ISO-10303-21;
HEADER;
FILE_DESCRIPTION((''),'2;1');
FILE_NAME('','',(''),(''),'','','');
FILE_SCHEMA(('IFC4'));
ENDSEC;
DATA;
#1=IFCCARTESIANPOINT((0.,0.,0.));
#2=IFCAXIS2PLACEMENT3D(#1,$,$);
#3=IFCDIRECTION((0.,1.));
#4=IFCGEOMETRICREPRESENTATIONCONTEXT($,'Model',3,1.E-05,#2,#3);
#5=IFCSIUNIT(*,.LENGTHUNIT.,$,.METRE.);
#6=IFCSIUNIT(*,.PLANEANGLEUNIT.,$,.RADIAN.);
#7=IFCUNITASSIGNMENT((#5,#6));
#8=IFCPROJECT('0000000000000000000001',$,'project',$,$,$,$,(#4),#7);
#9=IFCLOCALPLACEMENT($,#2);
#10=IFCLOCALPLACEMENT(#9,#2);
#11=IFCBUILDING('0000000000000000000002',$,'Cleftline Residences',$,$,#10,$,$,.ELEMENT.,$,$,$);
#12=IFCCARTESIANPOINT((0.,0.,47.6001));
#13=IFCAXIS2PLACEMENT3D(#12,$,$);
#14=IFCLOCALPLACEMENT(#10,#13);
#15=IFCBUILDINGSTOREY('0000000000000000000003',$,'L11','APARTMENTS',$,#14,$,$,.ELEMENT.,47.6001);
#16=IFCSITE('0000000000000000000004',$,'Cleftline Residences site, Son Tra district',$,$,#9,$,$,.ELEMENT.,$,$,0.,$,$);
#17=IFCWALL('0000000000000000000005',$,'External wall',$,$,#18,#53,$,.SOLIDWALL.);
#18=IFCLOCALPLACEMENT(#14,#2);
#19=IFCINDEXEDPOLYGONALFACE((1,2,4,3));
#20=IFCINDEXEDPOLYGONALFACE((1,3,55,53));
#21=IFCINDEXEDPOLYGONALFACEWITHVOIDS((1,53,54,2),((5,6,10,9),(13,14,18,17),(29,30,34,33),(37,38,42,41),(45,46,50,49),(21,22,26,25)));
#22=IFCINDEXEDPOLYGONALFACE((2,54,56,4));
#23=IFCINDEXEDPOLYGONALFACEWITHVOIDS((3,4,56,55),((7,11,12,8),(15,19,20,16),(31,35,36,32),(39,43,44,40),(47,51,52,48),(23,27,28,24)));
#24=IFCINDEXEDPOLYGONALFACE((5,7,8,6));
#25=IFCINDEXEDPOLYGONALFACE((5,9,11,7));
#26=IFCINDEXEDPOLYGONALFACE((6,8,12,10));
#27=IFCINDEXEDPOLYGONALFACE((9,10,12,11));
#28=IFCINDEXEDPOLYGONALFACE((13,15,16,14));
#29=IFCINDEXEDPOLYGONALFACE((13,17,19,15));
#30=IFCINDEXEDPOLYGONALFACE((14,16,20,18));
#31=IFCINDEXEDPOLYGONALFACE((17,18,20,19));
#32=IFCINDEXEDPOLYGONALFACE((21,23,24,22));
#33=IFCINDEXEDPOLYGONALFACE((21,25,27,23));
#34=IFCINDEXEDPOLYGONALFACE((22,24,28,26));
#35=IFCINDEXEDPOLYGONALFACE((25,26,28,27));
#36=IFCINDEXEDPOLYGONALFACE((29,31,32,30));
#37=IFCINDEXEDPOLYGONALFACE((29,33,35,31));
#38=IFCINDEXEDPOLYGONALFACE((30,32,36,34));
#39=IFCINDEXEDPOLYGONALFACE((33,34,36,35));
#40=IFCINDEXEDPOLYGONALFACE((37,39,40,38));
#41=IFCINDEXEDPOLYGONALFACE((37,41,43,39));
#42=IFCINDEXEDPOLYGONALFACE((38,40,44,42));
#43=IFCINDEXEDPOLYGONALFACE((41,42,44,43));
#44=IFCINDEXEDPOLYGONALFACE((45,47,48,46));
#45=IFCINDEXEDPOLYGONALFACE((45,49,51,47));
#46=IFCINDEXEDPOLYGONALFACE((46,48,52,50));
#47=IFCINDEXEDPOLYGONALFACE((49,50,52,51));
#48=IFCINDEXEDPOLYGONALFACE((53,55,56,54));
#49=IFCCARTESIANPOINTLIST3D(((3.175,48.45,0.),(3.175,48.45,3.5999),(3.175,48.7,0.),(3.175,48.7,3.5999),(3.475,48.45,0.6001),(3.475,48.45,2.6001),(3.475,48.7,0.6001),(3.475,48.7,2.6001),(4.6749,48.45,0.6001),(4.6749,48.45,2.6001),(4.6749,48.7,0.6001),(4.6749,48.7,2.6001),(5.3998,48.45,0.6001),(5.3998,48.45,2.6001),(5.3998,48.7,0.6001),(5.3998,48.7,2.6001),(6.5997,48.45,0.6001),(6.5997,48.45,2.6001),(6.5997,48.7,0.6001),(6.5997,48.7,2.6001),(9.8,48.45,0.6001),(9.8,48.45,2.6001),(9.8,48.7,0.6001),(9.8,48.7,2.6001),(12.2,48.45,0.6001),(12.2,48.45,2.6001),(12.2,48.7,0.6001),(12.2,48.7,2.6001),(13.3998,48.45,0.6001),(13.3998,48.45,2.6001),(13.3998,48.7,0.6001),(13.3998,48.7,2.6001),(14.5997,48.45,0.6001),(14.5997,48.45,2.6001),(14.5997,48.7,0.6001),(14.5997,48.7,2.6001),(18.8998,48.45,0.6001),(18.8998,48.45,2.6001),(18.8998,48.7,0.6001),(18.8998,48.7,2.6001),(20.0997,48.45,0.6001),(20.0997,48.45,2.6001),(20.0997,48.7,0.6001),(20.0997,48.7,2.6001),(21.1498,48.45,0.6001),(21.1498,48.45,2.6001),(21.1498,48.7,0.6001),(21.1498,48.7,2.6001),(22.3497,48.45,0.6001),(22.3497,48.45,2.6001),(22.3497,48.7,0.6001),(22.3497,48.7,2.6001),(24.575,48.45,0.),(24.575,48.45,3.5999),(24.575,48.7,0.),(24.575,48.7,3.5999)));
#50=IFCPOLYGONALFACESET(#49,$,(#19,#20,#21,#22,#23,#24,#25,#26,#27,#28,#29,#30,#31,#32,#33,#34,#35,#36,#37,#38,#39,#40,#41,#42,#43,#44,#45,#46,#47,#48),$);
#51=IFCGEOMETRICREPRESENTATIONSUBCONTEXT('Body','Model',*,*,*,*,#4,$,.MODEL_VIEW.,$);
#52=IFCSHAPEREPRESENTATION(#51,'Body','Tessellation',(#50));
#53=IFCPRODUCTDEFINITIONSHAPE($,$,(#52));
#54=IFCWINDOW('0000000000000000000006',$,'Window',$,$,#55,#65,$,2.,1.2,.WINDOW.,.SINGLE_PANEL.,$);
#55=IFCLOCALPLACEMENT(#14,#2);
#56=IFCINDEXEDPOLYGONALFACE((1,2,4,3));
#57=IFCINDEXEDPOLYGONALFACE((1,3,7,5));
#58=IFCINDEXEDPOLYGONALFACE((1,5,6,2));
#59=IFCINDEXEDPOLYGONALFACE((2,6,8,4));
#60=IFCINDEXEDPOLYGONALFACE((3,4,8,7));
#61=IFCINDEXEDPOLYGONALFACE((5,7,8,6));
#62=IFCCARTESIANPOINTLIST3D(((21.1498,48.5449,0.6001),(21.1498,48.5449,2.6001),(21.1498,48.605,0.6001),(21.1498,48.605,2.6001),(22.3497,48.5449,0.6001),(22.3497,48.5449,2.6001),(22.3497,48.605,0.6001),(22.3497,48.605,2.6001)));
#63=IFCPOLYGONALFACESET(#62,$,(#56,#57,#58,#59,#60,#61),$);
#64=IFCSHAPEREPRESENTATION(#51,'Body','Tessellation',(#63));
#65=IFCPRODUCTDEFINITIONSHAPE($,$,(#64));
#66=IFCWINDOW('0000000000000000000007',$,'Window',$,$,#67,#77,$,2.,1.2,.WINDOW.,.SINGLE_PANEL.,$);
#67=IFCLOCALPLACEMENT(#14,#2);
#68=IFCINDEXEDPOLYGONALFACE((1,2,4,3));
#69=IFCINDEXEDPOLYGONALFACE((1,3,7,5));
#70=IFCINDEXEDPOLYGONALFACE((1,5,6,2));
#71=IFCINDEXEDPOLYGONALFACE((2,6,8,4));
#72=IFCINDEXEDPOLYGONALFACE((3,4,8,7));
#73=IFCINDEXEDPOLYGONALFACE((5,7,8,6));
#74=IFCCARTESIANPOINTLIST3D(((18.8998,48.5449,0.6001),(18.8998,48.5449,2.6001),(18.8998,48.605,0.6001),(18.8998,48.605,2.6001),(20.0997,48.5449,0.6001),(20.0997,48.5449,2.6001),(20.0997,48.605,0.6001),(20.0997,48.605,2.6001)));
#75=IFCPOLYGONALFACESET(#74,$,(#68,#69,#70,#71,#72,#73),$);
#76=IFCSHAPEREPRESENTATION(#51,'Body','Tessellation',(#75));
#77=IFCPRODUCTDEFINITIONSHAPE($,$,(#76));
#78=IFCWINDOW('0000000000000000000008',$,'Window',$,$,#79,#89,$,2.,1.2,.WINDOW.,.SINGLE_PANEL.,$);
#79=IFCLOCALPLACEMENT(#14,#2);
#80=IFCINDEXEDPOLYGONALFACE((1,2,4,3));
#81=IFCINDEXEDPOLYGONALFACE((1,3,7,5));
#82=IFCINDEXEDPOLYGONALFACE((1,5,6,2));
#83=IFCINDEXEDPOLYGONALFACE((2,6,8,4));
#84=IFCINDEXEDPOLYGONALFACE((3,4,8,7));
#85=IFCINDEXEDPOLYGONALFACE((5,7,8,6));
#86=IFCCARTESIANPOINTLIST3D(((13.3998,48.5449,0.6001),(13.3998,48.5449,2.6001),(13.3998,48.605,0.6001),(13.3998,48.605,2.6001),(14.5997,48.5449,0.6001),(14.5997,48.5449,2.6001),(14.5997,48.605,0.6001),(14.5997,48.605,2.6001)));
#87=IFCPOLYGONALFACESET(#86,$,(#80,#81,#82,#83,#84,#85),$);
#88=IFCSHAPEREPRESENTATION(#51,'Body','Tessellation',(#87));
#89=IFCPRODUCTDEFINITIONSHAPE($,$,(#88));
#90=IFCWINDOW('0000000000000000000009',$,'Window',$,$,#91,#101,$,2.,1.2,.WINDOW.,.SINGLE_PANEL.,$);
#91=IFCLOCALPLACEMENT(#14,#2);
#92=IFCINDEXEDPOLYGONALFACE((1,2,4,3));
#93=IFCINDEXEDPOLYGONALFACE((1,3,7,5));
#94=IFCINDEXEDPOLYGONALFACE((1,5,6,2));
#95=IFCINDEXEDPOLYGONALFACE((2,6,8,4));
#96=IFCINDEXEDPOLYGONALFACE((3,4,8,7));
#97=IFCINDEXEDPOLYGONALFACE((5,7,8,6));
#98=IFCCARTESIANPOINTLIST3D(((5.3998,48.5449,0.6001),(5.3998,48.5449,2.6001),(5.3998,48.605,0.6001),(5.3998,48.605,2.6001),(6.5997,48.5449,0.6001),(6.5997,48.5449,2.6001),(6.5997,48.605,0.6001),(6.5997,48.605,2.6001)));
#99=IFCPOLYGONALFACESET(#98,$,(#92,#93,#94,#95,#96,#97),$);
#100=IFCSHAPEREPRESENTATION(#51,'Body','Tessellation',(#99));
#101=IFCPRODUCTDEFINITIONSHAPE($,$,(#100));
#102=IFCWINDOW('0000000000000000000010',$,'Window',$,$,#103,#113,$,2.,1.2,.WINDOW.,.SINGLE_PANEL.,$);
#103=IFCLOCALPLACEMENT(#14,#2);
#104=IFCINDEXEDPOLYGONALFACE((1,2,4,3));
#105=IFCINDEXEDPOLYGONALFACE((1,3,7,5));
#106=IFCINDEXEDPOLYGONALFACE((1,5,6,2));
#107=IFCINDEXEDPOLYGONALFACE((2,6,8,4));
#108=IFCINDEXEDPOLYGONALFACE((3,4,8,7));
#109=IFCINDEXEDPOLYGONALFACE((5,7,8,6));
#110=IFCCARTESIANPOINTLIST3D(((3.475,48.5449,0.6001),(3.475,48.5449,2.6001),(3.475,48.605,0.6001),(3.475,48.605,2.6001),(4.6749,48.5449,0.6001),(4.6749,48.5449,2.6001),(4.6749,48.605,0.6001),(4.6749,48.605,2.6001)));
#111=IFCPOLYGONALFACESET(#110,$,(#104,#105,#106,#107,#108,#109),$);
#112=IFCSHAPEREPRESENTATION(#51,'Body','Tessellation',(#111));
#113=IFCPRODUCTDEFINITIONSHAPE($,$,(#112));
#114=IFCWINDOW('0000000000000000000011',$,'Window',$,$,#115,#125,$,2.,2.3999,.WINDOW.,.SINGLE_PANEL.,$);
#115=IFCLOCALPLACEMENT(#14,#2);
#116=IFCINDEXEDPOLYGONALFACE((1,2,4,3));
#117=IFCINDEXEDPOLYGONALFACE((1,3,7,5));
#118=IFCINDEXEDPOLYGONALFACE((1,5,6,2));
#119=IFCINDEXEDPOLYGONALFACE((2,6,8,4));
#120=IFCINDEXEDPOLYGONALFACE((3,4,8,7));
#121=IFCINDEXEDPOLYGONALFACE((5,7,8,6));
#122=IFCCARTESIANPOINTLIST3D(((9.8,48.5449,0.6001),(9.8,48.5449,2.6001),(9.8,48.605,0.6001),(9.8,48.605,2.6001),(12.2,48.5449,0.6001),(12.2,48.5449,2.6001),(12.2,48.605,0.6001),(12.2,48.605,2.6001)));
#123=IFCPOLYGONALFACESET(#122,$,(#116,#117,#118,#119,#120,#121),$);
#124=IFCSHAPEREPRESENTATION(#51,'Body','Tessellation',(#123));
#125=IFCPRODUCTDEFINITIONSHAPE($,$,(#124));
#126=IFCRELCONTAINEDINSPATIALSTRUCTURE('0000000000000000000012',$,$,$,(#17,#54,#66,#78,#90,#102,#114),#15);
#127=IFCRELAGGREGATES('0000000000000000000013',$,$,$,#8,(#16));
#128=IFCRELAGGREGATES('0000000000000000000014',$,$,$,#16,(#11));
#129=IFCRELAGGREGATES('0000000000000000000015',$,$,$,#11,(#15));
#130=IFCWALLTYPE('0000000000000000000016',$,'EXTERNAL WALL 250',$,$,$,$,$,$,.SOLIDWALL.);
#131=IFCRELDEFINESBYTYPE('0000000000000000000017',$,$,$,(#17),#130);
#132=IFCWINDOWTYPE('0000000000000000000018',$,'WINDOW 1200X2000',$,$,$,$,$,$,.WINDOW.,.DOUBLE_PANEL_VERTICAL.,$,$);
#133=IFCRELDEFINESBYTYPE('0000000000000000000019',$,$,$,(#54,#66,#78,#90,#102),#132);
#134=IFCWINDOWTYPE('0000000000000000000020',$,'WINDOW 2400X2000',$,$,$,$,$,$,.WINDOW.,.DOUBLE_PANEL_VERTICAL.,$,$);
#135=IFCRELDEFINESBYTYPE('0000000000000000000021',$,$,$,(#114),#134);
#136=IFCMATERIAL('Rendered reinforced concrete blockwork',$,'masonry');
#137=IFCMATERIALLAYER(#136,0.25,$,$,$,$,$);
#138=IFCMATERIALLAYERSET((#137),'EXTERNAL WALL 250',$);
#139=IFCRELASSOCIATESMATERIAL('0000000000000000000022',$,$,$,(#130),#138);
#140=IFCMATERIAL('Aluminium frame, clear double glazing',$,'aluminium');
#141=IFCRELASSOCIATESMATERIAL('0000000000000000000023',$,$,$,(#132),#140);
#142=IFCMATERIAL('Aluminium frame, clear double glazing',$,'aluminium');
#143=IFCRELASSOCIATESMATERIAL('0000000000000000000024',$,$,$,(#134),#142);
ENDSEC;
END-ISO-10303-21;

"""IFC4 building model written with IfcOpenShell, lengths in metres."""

from ifc_helpers import new_model, si_unit, direction, frame, frame_2d, origin, place, context, subcontext, project, spatial, rectangle, extrude, material, layer, layer_set, type_object, element, fill, save


model = new_model("IFC4")

# Units and contexts
model_context = context("Model", 3, precision=1e-05, world=origin(), true_north=direction((0.0, 1.0)))
body_context = subcontext(model_context, "Body", "Model", "MODEL_VIEW")
ifc_project = project(units=[si_unit("LENGTHUNIT", "METRE"), si_unit("PLANEANGLEUNIT", "RADIAN")], contexts=[model_context])

# Site, building, storey
site_placement = place(None, origin())
site = spatial("IfcSite", under=ifc_project, at=site_placement, Name="Cleftline Residences site, Son Tra district", CompositionType="ELEMENT", RefElevation=0.0)
building_placement = place(site_placement, origin())
building = spatial("IfcBuilding", under=site, at=building_placement, Name="Cleftline Residences", CompositionType="ELEMENT")
storey_placement = place(building_placement, frame((0.0, 0.0, 47.6001)))
storey = spatial("IfcBuildingStorey", under=building, at=storey_placement, Name="L11", Description="APARTMENTS", CompositionType="ELEMENT", Elevation=47.6001)

# Wall, openings, windows
ifc_material_1 = material(Name="Rendered reinforced concrete blockwork", Category="masonry")
ifc_layer_1 = layer(ifc_material_1, 0.25)
ifc_layer_set_1 = layer_set([ifc_layer_1], Name="EXTERNAL WALL 250")
wall_type = type_object("IfcWallType", Name="EXTERNAL WALL 250", PredefinedType="SOLIDWALL", material=ifc_layer_set_1)
wall_placement = place(storey_placement, frame((24.575, 48.575, 0.0), z_axis=(0.0, 0.0, 1.0), x_axis=(-1.0, 0.0, 0.0)))
wall = element("IfcWall", 1, at=wall_placement, inside=storey, type_object=wall_type, Name="External wall", PredefinedType="SOLIDWALL", context=body_context, shape_type="SweptSolid", body=[
    extrude(rectangle(XDim=21.3999, YDim=0.25, at=frame_2d((10.7, 0.0))), origin(), (0.0, 0.0, 1.0), 3.5999),
])
opening_1_placement = place(wall_placement, frame((2.2251, 0.0, 0.6001)))
opening_1 = element("IfcOpeningElement", 2, at=opening_1_placement, cuts=wall, PredefinedType="OPENING", context=body_context, shape_type="SweptSolid", body=[
    extrude(rectangle(XDim=1.2, YDim=2.0, at=frame_2d((0.6001, 1.0))), frame((0.0, 0.135, 0.0), z_axis=(0.0, -1.0, 0.0), x_axis=(1.0, 0.0, 0.0)), (0.0, 0.0, 1.0), 0.27),
])
opening_2_placement = place(wall_placement, frame((4.4751, 0.0, 0.6001)))
opening_2 = element("IfcOpeningElement", 3, at=opening_2_placement, cuts=wall, PredefinedType="OPENING", context=body_context, shape_type="SweptSolid", body=[
    extrude(rectangle(XDim=1.2, YDim=2.0, at=frame_2d((0.6001, 1.0))), frame((0.0, 0.135, 0.0), z_axis=(0.0, -1.0, 0.0), x_axis=(1.0, 0.0, 0.0)), (0.0, 0.0, 1.0), 0.27),
])
opening_3_placement = place(wall_placement, frame((9.9751, 0.0, 0.6001)))
opening_3 = element("IfcOpeningElement", 4, at=opening_3_placement, cuts=wall, PredefinedType="OPENING", context=body_context, shape_type="SweptSolid", body=[
    extrude(rectangle(XDim=1.2, YDim=2.0, at=frame_2d((0.6001, 1.0))), frame((0.0, 0.135, 0.0), z_axis=(0.0, -1.0, 0.0), x_axis=(1.0, 0.0, 0.0)), (0.0, 0.0, 1.0), 0.27),
])
opening_4_placement = place(wall_placement, frame((12.375, 0.0, 0.6001)))
opening_4 = element("IfcOpeningElement", 5, at=opening_4_placement, cuts=wall, PredefinedType="OPENING", context=body_context, shape_type="SweptSolid", body=[
    extrude(rectangle(XDim=2.3999, YDim=2.0, at=frame_2d((1.2, 1.0))), frame((0.0, 0.135, 0.0), z_axis=(0.0, -1.0, 0.0), x_axis=(1.0, 0.0, 0.0)), (0.0, 0.0, 1.0), 0.27),
])
opening_5_placement = place(wall_placement, frame((17.9751, 0.0, 0.6001)))
opening_5 = element("IfcOpeningElement", 6, at=opening_5_placement, cuts=wall, PredefinedType="OPENING", context=body_context, shape_type="SweptSolid", body=[
    extrude(rectangle(XDim=1.2, YDim=2.0, at=frame_2d((0.6001, 1.0))), frame((0.0, 0.135, 0.0), z_axis=(0.0, -1.0, 0.0), x_axis=(1.0, 0.0, 0.0)), (0.0, 0.0, 1.0), 0.27),
])
opening_6_placement = place(wall_placement, frame((19.8999, 0.0, 0.6001)))
opening_6 = element("IfcOpeningElement", 7, at=opening_6_placement, cuts=wall, PredefinedType="OPENING", context=body_context, shape_type="SweptSolid", body=[
    extrude(rectangle(XDim=1.2, YDim=2.0, at=frame_2d((0.6001, 1.0))), frame((0.0, 0.135, 0.0), z_axis=(0.0, -1.0, 0.0), x_axis=(1.0, 0.0, 0.0)), (0.0, 0.0, 1.0), 0.27),
])
ifc_material_2 = material(Name="Aluminium frame, clear double glazing", Category="aluminium")
window_type_1 = type_object("IfcWindowType", Name="WINDOW 1200X2000", PartitioningType="DOUBLE_PANEL_VERTICAL", PredefinedType="WINDOW", material=ifc_material_2)
window_1_placement = place(opening_1_placement, origin())
window_1 = element("IfcWindow", 8, at=window_1_placement, inside=storey, type_object=window_type_1, Name="Window", OverallHeight=2.0, OverallWidth=1.2, PartitioningType="SINGLE_PANEL", PredefinedType="WINDOW", context=body_context, shape_type="SweptSolid", body=[
    extrude(rectangle(XDim=1.2, YDim=2.0, at=frame_2d((0.6001, 1.0))), frame((0.0, 0.03, 0.0), z_axis=(0.0, -1.0, 0.0), x_axis=(1.0, 0.0, 0.0)), (0.0, 0.0, 1.0), 0.0601),
])
fill(opening_1, window_1)
window_2_placement = place(opening_2_placement, origin())
window_2 = element("IfcWindow", 9, at=window_2_placement, inside=storey, type_object=window_type_1, Name="Window", OverallHeight=2.0, OverallWidth=1.2, PartitioningType="SINGLE_PANEL", PredefinedType="WINDOW", context=body_context, shape_type="SweptSolid", body=[
    extrude(rectangle(XDim=1.2, YDim=2.0, at=frame_2d((0.6001, 1.0))), frame((0.0, 0.03, 0.0), z_axis=(0.0, -1.0, 0.0), x_axis=(1.0, 0.0, 0.0)), (0.0, 0.0, 1.0), 0.0601),
])
fill(opening_2, window_2)
window_3_placement = place(opening_3_placement, origin())
window_3 = element("IfcWindow", 10, at=window_3_placement, inside=storey, type_object=window_type_1, Name="Window", OverallHeight=2.0, OverallWidth=1.2, PartitioningType="SINGLE_PANEL", PredefinedType="WINDOW", context=body_context, shape_type="SweptSolid", body=[
    extrude(rectangle(XDim=1.2, YDim=2.0, at=frame_2d((0.6001, 1.0))), frame((0.0, 0.03, 0.0), z_axis=(0.0, -1.0, 0.0), x_axis=(1.0, 0.0, 0.0)), (0.0, 0.0, 1.0), 0.0601),
])
fill(opening_3, window_3)
window_4_placement = place(opening_5_placement, origin())
window_4 = element("IfcWindow", 11, at=window_4_placement, inside=storey, type_object=window_type_1, Name="Window", OverallHeight=2.0, OverallWidth=1.2, PartitioningType="SINGLE_PANEL", PredefinedType="WINDOW", context=body_context, shape_type="SweptSolid", body=[
    extrude(rectangle(XDim=1.2, YDim=2.0, at=frame_2d((0.6001, 1.0))), frame((0.0, 0.03, 0.0), z_axis=(0.0, -1.0, 0.0), x_axis=(1.0, 0.0, 0.0)), (0.0, 0.0, 1.0), 0.0601),
])
fill(opening_5, window_4)
window_5_placement = place(opening_6_placement, origin())
window_5 = element("IfcWindow", 12, at=window_5_placement, inside=storey, type_object=window_type_1, Name="Window", OverallHeight=2.0, OverallWidth=1.2, PartitioningType="SINGLE_PANEL", PredefinedType="WINDOW", context=body_context, shape_type="SweptSolid", body=[
    extrude(rectangle(XDim=1.2, YDim=2.0, at=frame_2d((0.6001, 1.0))), frame((0.0, 0.03, 0.0), z_axis=(0.0, -1.0, 0.0), x_axis=(1.0, 0.0, 0.0)), (0.0, 0.0, 1.0), 0.0601),
])
fill(opening_6, window_5)
ifc_material_3 = material(Name="Aluminium frame, clear double glazing", Category="aluminium")
window_type_2 = type_object("IfcWindowType", Name="WINDOW 2400X2000", PartitioningType="DOUBLE_PANEL_VERTICAL", PredefinedType="WINDOW", material=ifc_material_3)
window_6_placement = place(opening_4_placement, origin())
window_6 = element("IfcWindow", 13, at=window_6_placement, inside=storey, type_object=window_type_2, Name="Window", OverallHeight=2.0, OverallWidth=2.3999, PartitioningType="SINGLE_PANEL", PredefinedType="WINDOW", context=body_context, shape_type="SweptSolid", body=[
    extrude(rectangle(XDim=2.3999, YDim=2.0, at=frame_2d((1.2, 1.0))), frame((0.0, 0.03, 0.0), z_axis=(0.0, -1.0, 0.0), x_axis=(1.0, 0.0, 0.0)), (0.0, 0.0, 1.0), 0.0601),
])
fill(opening_4, window_6)

save(model, "model.ifc")
